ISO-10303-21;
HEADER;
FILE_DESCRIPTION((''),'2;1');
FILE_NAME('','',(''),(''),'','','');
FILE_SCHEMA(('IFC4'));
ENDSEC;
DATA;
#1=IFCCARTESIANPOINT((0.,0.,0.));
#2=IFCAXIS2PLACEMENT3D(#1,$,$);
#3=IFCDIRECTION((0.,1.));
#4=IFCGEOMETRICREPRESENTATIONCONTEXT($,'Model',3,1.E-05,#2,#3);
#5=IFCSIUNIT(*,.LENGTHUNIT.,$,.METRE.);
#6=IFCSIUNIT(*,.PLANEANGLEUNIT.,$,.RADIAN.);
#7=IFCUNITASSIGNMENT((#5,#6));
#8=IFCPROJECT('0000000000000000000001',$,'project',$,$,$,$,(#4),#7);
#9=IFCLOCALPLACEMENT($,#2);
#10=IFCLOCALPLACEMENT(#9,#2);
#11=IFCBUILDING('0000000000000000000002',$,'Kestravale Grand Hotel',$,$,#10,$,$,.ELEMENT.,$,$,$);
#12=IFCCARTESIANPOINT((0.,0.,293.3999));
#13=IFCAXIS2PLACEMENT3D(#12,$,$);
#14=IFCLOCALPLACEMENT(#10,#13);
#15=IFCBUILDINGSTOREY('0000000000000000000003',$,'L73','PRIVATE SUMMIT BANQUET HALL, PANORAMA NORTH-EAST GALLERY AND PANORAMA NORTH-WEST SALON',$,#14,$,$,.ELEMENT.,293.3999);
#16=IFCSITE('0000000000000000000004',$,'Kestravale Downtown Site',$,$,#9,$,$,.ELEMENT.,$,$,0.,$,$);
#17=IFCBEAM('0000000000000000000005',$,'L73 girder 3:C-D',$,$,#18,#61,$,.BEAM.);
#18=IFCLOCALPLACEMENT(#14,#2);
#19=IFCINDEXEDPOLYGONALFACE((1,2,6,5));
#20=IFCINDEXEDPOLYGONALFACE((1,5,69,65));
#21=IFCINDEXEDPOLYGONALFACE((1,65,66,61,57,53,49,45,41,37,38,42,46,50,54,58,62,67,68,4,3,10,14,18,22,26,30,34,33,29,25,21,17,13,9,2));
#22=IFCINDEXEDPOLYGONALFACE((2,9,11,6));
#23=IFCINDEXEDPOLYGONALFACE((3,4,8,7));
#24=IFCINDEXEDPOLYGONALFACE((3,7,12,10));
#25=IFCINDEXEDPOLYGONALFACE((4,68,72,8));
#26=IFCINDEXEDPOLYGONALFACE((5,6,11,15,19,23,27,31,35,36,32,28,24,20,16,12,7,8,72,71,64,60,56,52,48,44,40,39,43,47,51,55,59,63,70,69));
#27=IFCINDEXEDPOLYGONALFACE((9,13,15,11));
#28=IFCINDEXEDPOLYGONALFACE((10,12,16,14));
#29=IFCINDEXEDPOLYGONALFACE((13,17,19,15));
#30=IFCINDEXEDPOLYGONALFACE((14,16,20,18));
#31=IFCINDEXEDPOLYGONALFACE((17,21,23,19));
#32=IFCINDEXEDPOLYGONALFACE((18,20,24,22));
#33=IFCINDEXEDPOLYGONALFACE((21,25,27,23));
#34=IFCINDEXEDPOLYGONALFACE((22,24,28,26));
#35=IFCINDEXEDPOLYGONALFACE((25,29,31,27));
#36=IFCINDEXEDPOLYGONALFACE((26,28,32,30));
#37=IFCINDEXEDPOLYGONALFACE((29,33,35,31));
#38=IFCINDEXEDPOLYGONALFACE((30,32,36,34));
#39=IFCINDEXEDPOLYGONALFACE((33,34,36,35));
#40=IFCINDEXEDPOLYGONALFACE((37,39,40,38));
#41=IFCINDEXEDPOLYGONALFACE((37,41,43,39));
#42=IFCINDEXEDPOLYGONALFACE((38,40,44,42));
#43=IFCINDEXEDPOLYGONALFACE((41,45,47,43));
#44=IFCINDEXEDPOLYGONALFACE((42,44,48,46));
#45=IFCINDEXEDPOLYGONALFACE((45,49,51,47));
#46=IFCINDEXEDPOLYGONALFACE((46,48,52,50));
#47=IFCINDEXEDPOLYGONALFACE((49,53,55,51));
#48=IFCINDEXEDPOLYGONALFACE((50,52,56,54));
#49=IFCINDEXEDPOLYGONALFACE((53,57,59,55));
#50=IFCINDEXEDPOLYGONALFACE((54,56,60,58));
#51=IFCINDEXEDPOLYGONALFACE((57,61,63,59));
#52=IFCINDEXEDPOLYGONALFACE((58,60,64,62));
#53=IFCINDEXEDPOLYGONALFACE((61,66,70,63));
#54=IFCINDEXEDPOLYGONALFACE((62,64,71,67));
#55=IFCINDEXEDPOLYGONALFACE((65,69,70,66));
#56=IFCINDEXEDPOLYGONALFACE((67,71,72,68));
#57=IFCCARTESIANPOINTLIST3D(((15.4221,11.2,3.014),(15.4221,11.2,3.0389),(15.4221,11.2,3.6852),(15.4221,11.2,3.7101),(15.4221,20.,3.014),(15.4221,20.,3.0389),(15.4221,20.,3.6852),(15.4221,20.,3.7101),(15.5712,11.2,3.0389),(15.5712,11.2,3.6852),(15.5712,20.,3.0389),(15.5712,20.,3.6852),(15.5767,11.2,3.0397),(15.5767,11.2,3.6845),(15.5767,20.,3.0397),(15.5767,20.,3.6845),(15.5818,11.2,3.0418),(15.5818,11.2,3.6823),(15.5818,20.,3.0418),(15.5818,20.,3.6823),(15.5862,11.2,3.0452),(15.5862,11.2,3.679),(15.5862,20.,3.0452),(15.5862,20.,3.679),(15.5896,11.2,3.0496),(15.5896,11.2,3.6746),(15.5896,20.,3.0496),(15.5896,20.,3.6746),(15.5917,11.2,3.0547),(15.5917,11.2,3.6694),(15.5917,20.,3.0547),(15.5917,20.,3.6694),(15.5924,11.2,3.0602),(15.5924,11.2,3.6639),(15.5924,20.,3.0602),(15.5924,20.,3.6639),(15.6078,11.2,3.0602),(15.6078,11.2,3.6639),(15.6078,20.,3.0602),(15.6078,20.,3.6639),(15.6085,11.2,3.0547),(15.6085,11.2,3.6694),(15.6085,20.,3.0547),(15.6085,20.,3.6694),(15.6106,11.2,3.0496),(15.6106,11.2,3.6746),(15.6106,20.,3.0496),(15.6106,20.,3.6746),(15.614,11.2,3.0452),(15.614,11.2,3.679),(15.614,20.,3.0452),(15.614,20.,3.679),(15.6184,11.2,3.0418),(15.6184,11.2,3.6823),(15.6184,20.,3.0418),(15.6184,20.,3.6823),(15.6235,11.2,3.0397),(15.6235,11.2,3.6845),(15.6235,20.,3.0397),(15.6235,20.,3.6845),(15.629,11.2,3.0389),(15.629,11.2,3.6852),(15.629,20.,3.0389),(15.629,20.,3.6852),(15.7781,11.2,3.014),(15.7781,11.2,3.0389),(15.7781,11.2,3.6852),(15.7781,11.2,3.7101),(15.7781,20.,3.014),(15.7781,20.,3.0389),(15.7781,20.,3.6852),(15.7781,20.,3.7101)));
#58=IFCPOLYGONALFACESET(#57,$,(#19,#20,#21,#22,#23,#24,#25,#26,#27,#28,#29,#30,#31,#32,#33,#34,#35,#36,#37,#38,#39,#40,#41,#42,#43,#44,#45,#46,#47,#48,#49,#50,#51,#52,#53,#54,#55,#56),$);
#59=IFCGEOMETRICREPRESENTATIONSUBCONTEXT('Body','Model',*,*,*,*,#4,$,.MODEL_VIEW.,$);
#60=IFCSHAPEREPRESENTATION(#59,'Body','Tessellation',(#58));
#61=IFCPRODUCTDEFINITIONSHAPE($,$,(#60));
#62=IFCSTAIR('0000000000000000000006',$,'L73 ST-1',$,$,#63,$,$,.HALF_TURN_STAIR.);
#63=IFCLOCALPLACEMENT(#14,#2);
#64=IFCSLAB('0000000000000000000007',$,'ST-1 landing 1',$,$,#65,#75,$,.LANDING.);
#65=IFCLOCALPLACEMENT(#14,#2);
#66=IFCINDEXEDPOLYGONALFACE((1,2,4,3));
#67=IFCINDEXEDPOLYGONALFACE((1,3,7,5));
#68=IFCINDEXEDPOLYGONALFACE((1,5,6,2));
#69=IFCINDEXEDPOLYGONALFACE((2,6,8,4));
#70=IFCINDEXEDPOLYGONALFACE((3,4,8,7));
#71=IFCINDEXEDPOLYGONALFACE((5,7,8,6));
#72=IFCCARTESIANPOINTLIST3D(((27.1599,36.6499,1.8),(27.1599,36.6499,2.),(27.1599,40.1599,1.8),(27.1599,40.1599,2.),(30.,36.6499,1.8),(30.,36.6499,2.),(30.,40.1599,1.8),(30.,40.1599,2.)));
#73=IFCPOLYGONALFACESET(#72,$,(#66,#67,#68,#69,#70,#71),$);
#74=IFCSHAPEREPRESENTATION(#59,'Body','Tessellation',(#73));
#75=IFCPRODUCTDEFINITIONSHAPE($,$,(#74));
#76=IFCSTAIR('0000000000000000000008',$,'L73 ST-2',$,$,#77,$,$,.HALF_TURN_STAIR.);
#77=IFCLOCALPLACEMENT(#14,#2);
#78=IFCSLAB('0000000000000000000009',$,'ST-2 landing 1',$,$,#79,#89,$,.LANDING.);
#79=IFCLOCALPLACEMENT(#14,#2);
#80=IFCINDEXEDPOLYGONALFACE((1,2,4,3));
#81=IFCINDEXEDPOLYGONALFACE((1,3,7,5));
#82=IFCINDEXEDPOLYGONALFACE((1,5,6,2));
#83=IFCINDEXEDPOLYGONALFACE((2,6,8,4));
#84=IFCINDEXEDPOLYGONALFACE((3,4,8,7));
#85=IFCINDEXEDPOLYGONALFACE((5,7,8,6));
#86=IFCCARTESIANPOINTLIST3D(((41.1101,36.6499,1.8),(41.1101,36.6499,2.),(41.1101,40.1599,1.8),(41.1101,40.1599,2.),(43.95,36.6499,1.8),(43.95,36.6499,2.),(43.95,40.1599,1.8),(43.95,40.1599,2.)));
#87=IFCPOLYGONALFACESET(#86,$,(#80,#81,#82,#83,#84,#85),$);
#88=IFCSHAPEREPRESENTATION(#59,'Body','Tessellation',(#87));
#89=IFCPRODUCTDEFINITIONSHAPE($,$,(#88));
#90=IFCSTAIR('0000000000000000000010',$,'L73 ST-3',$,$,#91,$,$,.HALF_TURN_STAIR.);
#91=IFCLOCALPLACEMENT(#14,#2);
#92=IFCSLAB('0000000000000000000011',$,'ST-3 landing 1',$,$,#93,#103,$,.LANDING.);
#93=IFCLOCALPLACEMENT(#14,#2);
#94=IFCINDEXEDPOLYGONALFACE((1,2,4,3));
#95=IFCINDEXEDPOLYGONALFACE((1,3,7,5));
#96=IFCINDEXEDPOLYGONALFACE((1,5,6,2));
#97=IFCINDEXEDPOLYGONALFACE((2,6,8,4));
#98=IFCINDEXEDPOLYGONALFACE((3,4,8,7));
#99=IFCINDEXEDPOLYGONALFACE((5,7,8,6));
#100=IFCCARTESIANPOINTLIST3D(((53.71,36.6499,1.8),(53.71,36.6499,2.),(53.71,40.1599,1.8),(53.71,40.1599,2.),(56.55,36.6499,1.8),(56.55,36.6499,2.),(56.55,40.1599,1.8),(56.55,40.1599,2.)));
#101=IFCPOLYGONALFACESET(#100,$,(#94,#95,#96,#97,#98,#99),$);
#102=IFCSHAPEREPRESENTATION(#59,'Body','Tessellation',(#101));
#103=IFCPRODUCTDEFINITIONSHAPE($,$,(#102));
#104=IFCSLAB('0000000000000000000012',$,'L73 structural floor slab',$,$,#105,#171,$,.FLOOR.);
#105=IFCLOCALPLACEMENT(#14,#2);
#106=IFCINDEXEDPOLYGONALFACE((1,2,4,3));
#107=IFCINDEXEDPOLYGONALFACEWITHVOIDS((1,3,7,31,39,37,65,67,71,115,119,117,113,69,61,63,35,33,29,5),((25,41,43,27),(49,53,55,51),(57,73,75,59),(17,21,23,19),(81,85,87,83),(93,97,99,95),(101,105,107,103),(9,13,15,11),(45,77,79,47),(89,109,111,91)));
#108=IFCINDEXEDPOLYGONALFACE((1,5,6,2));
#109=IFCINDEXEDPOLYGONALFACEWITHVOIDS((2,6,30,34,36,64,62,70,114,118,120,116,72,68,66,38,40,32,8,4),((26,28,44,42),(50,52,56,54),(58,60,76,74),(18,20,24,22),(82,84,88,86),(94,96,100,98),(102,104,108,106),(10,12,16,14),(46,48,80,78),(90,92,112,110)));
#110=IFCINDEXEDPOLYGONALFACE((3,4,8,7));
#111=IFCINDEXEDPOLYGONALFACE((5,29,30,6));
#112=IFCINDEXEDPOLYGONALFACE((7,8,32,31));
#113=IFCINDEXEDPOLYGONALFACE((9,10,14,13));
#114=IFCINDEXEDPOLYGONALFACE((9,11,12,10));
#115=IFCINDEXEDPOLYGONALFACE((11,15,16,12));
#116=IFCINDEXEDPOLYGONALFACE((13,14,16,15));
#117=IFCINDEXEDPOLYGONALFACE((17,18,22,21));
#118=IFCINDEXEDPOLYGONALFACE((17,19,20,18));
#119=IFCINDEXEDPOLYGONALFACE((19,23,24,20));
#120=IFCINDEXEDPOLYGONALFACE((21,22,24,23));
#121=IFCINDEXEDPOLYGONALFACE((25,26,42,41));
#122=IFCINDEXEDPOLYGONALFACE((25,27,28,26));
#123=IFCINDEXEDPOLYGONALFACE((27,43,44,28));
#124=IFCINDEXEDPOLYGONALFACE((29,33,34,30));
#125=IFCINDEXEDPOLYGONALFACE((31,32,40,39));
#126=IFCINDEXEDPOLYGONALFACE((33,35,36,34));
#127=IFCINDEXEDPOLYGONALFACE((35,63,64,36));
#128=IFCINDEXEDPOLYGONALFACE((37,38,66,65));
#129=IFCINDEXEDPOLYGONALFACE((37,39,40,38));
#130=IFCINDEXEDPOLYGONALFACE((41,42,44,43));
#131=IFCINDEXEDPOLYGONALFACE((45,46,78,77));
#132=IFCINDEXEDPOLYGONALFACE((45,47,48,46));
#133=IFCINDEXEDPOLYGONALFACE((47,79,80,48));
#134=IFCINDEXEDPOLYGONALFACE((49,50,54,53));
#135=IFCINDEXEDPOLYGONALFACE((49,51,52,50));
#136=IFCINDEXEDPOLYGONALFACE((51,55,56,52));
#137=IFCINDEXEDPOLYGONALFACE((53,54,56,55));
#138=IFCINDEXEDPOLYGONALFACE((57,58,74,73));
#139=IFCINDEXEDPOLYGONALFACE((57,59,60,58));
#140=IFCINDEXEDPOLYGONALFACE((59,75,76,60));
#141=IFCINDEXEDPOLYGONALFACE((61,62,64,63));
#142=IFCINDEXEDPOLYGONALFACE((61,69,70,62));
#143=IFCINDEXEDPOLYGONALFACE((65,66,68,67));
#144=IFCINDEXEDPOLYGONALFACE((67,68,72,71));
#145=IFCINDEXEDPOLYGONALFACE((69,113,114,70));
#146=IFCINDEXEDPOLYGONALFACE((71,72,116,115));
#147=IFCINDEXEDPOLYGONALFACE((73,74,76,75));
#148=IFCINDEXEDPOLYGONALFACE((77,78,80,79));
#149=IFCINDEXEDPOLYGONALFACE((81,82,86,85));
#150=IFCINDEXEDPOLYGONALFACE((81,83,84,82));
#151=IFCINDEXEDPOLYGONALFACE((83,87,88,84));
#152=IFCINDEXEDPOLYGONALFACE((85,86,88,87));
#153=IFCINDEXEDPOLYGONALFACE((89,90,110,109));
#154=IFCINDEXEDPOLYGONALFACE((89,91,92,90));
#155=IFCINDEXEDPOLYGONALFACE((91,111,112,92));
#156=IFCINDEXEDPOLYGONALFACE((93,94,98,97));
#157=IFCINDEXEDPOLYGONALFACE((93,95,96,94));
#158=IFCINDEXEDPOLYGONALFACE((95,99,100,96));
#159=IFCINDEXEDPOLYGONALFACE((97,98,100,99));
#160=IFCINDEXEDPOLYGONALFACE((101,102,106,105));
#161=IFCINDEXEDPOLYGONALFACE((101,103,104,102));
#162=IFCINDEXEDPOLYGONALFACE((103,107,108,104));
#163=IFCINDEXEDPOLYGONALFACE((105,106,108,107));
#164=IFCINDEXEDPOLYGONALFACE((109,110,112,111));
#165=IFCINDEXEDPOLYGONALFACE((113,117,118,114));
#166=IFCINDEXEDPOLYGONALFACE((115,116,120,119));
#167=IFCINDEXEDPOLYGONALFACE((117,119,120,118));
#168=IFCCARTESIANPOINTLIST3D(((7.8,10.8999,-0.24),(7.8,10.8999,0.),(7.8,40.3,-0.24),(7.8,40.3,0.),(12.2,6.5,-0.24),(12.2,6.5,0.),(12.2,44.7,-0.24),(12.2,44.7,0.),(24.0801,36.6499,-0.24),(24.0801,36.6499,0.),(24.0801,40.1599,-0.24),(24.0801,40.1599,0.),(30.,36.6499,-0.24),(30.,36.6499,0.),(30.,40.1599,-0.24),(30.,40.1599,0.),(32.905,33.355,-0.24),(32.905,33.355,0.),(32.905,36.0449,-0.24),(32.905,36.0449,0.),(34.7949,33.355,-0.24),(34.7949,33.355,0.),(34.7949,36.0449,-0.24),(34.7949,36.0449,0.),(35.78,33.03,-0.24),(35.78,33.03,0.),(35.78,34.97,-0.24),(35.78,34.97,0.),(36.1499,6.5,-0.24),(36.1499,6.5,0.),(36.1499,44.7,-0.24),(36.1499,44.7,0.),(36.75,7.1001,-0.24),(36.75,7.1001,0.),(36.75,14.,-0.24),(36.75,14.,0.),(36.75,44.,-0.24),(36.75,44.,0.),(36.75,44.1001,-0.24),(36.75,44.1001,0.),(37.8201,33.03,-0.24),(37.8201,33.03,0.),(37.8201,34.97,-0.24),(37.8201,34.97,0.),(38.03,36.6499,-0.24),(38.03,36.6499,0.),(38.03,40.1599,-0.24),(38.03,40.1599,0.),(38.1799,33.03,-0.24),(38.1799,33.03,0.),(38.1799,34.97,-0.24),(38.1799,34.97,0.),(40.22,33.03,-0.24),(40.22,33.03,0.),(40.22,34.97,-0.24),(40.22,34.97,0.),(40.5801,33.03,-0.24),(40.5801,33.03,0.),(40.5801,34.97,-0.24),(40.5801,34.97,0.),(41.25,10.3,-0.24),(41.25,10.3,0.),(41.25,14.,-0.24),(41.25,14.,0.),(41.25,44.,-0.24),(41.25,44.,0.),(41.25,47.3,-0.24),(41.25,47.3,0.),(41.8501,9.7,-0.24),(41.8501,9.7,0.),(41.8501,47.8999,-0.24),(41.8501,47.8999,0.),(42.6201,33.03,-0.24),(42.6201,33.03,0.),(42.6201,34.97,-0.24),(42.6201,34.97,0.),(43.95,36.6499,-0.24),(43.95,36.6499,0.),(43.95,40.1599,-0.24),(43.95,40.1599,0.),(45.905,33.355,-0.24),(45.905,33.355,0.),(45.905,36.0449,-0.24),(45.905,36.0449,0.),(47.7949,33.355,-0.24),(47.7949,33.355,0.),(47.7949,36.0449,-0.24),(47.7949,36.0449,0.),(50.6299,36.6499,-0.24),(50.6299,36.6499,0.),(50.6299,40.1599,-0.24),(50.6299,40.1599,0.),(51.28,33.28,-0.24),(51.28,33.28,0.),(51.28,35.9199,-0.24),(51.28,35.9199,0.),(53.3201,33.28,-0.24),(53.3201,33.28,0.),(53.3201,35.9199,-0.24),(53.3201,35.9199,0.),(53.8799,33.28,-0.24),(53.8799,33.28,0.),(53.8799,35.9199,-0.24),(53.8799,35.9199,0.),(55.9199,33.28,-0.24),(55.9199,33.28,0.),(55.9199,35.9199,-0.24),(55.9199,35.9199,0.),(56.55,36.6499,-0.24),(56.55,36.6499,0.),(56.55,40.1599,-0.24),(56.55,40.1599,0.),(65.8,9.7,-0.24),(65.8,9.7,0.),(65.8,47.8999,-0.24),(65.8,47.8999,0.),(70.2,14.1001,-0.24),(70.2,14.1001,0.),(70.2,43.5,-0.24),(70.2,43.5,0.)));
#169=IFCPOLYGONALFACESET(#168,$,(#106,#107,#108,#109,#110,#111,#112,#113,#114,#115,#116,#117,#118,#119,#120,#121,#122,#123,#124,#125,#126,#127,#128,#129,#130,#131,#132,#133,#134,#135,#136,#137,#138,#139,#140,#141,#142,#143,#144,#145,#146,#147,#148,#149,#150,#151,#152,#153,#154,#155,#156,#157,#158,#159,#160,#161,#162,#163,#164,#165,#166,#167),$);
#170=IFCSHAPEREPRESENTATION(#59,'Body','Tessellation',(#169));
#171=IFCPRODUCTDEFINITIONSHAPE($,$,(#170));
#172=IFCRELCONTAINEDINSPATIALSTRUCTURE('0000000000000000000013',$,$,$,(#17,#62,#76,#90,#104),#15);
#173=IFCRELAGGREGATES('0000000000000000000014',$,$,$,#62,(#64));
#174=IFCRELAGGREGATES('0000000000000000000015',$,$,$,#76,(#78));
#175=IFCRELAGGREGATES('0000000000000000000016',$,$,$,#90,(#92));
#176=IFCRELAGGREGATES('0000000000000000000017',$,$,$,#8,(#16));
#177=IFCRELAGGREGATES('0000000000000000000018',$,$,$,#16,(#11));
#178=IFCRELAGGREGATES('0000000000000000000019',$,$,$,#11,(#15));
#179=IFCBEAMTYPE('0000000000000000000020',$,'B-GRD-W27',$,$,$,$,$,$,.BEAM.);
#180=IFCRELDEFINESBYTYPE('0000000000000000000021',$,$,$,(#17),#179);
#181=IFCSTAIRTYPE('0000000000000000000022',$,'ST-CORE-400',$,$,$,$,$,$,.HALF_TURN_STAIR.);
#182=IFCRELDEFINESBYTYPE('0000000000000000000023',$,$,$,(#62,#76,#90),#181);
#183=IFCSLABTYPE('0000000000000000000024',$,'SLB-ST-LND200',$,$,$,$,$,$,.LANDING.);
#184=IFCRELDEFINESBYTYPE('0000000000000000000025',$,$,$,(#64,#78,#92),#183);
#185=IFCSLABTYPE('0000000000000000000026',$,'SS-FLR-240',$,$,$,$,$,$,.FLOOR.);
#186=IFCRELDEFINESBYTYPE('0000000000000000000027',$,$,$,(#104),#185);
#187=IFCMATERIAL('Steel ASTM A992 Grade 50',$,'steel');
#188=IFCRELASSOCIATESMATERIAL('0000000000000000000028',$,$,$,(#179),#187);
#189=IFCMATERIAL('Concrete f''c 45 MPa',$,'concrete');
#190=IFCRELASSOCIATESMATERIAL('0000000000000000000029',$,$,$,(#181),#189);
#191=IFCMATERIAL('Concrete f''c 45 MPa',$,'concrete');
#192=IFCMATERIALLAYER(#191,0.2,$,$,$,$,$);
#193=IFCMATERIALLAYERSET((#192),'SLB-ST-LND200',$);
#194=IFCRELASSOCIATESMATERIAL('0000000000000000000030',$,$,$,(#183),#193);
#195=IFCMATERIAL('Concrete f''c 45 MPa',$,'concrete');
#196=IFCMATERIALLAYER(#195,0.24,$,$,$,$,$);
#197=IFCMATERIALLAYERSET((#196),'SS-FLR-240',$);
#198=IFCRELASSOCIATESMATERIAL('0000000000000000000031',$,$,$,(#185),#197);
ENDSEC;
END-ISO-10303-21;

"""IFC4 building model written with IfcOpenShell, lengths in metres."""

from ifc_helpers import new_model, si_unit, direction, frame, origin, origin_2d, place, context, subcontext, project, spatial, polyline, i_section, outline, extrude, material, layer, layer_set, material_profile, profile_set, type_object, element, aggregate, save


model = new_model("IFC4")

# Units and contexts
model_context = context("Model", 3, precision=1e-05, world=origin(), true_north=direction((0.0, 1.0)))
body_context = subcontext(model_context, "Body", "Model", "MODEL_VIEW")
ifc_project = project(units=[si_unit("LENGTHUNIT", "METRE"), si_unit("PLANEANGLEUNIT", "RADIAN")], contexts=[model_context])

# Site, building, storey
site_placement = place(None, origin())
site = spatial("IfcSite", under=ifc_project, at=site_placement, Name="Kestravale Downtown Site", CompositionType="ELEMENT", RefElevation=0.0)
building_placement = place(site_placement, origin())
building = spatial("IfcBuilding", under=site, at=building_placement, Name="Kestravale Grand Hotel", CompositionType="ELEMENT")
storey_placement = place(building_placement, frame((0.0, 0.0, 293.3999)))
storey = spatial("IfcBuildingStorey", under=building, at=storey_placement, Name="L73", Description="PRIVATE SUMMIT BANQUET HALL, PANORAMA NORTH-EAST GALLERY AND PANORAMA NORTH-WEST SALON", CompositionType="ELEMENT", Elevation=293.3999)

# Beam
ifc_material_1 = material(Name="Steel ASTM A992 Grade 50", Category="steel")
ifc_material_profile_1 = material_profile(ifc_material_1, i_section(OverallWidth=0.356, OverallDepth=0.696, WebThickness=0.0154, FlangeThickness=0.0249, FilletRadius=0.0212, at=origin_2d()))
ifc_profile_set_1 = profile_set([ifc_material_profile_1], Name="Steel ASTM A992 Grade 50")
beam_type_1 = type_object("IfcBeamType", Name="B-GRD-W27", PredefinedType="BEAM", material=ifc_profile_set_1)
beam_1_placement = place(storey_placement, frame((15.6001, 11.2, 3.3621), z_axis=(0.0, 1.0, 0.0), x_axis=(-1.0, 0.0, 0.0)))
element("IfcBeam", 1, at=beam_1_placement, inside=storey, type_object=beam_type_1, Name="L73 girder 3:C-D", PredefinedType="BEAM", context=body_context, shape_type="SweptSolid", body=[
    extrude(i_section(OverallWidth=0.356, OverallDepth=0.696, WebThickness=0.0154, FlangeThickness=0.0249, FilletRadius=0.0212, at=origin_2d()), origin(), (0.0, 0.0, 1.0), 8.8),
])

# Stairs, slabs
ifc_material_2 = material(Name="Concrete f'c 45 MPa", Category="concrete")
stair_type = type_object("IfcStairType", Name="ST-CORE-400", PredefinedType="HALF_TURN_STAIR", material=ifc_material_2)
stair_1_placement = place(storey_placement, origin())
stair_1 = element("IfcStair", 2, at=stair_1_placement, inside=storey, type_object=stair_type, Name="L73 ST-1", PredefinedType="HALF_TURN_STAIR")
ifc_material_3 = material(Name="Concrete f'c 45 MPa", Category="concrete")
ifc_layer_1 = layer(ifc_material_3, 0.2)
ifc_layer_set_1 = layer_set([ifc_layer_1], Name="SLB-ST-LND200")
slab_type_1 = type_object("IfcSlabType", Name="SLB-ST-LND200", PredefinedType="LANDING", material=ifc_layer_set_1)
slab_1_placement = place(storey_placement, frame((0.0, 0.0, 1.8)))
slab_1 = element("IfcSlab", 3, at=slab_1_placement, type_object=slab_type_1, Name="ST-1 landing 1", PredefinedType="LANDING", context=body_context, shape_type="SweptSolid", body=[
    extrude(outline(polyline([(27.1599, 36.6499), (30.0, 36.6499), (30.0, 40.1599), (27.1599, 40.1599), (27.1599, 36.6499)])), origin(), (0.0, 0.0, 1.0), 0.2),
])
aggregate(stair_1, [slab_1])
stair_2_placement = place(storey_placement, origin())
stair_2 = element("IfcStair", 4, at=stair_2_placement, inside=storey, type_object=stair_type, Name="L73 ST-2", PredefinedType="HALF_TURN_STAIR")
slab_2_placement = place(storey_placement, frame((0.0, 0.0, 1.8)))
slab_2 = element("IfcSlab", 5, at=slab_2_placement, type_object=slab_type_1, Name="ST-2 landing 1", PredefinedType="LANDING", context=body_context, shape_type="SweptSolid", body=[
    extrude(outline(polyline([(41.1101, 36.6499), (43.95, 36.6499), (43.95, 40.1599), (41.1101, 40.1599), (41.1101, 36.6499)])), origin(), (0.0, 0.0, 1.0), 0.2),
])
aggregate(stair_2, [slab_2])
stair_3_placement = place(storey_placement, origin())
stair_3 = element("IfcStair", 6, at=stair_3_placement, inside=storey, type_object=stair_type, Name="L73 ST-3", PredefinedType="HALF_TURN_STAIR")
slab_3_placement = place(storey_placement, frame((0.0, 0.0, 1.8)))
slab_3 = element("IfcSlab", 7, at=slab_3_placement, type_object=slab_type_1, Name="ST-3 landing 1", PredefinedType="LANDING", context=body_context, shape_type="SweptSolid", body=[
    extrude(outline(polyline([(53.71, 36.6499), (56.55, 36.6499), (56.55, 40.1599), (53.71, 40.1599), (53.71, 36.6499)])), origin(), (0.0, 0.0, 1.0), 0.2),
])
aggregate(stair_3, [slab_3])

# Slab
ifc_material_4 = material(Name="Concrete f'c 45 MPa", Category="concrete")
ifc_layer_2 = layer(ifc_material_4, 0.24)
ifc_layer_set_2 = layer_set([ifc_layer_2], Name="SS-FLR-240")
slab_type_2 = type_object("IfcSlabType", Name="SS-FLR-240", PredefinedType="FLOOR", material=ifc_layer_set_2)
slab_4_placement = place(storey_placement, frame((0.0, 0.0, -0.24)))
element("IfcSlab", 8, at=slab_4_placement, inside=storey, type_object=slab_type_2, Name="L73 structural floor slab", PredefinedType="FLOOR", context=body_context, shape_type="SweptSolid", body=[
    extrude(outline(polyline([(12.2, 6.5), (36.1499, 6.5), (36.75, 7.1001), (36.75, 14.0), (41.25, 14.0), (41.25, 10.3), (41.8501, 9.7), (65.8, 9.7), (70.2, 14.1001), (70.2, 43.5), (65.8, 47.8999), (41.8501, 47.8999), (41.25, 47.3), (41.25, 44.0), (36.75, 44.0), (36.75, 44.1001), (36.1499, 44.7), (12.2, 44.7), (7.8, 40.3), (7.8, 10.8999), (12.2, 6.5)]), holes=[polyline([(24.0801, 36.6499), (30.0, 36.6499), (30.0, 40.1599), (24.0801, 40.1599), (24.0801, 36.6499)]), polyline([(38.03, 36.6499), (43.95, 36.6499), (43.95, 40.1599), (38.03, 40.1599), (38.03, 36.6499)]), polyline([(50.6299, 36.6499), (56.55, 36.6499), (56.55, 40.1599), (50.6299, 40.1599), (50.6299, 36.6499)]), polyline([(35.78, 33.03), (37.8201, 33.03), (37.8201, 34.97), (35.78, 34.97), (35.78, 33.03)]), polyline([(38.1799, 33.03), (40.22, 33.03), (40.22, 34.97), (38.1799, 34.97), (38.1799, 33.03)]), polyline([(40.5801, 33.03), (42.6201, 33.03), (42.6201, 34.97), (40.5801, 34.97), (40.5801, 33.03)]), polyline([(32.905, 33.355), (34.7949, 33.355), (34.7949, 36.0449), (32.905, 36.0449), (32.905, 33.355)]), polyline([(45.905, 33.355), (47.7949, 33.355), (47.7949, 36.0449), (45.905, 36.0449), (45.905, 33.355)]), polyline([(51.28, 33.28), (53.3201, 33.28), (53.3201, 35.9199), (51.28, 35.9199), (51.28, 33.28)]), polyline([(53.8799, 33.28), (55.9199, 33.28), (55.9199, 35.9199), (53.8799, 35.9199), (53.8799, 33.28)])]), origin(), (0.0, 0.0, 1.0), 0.24),
])

save(model, "model.ifc")
